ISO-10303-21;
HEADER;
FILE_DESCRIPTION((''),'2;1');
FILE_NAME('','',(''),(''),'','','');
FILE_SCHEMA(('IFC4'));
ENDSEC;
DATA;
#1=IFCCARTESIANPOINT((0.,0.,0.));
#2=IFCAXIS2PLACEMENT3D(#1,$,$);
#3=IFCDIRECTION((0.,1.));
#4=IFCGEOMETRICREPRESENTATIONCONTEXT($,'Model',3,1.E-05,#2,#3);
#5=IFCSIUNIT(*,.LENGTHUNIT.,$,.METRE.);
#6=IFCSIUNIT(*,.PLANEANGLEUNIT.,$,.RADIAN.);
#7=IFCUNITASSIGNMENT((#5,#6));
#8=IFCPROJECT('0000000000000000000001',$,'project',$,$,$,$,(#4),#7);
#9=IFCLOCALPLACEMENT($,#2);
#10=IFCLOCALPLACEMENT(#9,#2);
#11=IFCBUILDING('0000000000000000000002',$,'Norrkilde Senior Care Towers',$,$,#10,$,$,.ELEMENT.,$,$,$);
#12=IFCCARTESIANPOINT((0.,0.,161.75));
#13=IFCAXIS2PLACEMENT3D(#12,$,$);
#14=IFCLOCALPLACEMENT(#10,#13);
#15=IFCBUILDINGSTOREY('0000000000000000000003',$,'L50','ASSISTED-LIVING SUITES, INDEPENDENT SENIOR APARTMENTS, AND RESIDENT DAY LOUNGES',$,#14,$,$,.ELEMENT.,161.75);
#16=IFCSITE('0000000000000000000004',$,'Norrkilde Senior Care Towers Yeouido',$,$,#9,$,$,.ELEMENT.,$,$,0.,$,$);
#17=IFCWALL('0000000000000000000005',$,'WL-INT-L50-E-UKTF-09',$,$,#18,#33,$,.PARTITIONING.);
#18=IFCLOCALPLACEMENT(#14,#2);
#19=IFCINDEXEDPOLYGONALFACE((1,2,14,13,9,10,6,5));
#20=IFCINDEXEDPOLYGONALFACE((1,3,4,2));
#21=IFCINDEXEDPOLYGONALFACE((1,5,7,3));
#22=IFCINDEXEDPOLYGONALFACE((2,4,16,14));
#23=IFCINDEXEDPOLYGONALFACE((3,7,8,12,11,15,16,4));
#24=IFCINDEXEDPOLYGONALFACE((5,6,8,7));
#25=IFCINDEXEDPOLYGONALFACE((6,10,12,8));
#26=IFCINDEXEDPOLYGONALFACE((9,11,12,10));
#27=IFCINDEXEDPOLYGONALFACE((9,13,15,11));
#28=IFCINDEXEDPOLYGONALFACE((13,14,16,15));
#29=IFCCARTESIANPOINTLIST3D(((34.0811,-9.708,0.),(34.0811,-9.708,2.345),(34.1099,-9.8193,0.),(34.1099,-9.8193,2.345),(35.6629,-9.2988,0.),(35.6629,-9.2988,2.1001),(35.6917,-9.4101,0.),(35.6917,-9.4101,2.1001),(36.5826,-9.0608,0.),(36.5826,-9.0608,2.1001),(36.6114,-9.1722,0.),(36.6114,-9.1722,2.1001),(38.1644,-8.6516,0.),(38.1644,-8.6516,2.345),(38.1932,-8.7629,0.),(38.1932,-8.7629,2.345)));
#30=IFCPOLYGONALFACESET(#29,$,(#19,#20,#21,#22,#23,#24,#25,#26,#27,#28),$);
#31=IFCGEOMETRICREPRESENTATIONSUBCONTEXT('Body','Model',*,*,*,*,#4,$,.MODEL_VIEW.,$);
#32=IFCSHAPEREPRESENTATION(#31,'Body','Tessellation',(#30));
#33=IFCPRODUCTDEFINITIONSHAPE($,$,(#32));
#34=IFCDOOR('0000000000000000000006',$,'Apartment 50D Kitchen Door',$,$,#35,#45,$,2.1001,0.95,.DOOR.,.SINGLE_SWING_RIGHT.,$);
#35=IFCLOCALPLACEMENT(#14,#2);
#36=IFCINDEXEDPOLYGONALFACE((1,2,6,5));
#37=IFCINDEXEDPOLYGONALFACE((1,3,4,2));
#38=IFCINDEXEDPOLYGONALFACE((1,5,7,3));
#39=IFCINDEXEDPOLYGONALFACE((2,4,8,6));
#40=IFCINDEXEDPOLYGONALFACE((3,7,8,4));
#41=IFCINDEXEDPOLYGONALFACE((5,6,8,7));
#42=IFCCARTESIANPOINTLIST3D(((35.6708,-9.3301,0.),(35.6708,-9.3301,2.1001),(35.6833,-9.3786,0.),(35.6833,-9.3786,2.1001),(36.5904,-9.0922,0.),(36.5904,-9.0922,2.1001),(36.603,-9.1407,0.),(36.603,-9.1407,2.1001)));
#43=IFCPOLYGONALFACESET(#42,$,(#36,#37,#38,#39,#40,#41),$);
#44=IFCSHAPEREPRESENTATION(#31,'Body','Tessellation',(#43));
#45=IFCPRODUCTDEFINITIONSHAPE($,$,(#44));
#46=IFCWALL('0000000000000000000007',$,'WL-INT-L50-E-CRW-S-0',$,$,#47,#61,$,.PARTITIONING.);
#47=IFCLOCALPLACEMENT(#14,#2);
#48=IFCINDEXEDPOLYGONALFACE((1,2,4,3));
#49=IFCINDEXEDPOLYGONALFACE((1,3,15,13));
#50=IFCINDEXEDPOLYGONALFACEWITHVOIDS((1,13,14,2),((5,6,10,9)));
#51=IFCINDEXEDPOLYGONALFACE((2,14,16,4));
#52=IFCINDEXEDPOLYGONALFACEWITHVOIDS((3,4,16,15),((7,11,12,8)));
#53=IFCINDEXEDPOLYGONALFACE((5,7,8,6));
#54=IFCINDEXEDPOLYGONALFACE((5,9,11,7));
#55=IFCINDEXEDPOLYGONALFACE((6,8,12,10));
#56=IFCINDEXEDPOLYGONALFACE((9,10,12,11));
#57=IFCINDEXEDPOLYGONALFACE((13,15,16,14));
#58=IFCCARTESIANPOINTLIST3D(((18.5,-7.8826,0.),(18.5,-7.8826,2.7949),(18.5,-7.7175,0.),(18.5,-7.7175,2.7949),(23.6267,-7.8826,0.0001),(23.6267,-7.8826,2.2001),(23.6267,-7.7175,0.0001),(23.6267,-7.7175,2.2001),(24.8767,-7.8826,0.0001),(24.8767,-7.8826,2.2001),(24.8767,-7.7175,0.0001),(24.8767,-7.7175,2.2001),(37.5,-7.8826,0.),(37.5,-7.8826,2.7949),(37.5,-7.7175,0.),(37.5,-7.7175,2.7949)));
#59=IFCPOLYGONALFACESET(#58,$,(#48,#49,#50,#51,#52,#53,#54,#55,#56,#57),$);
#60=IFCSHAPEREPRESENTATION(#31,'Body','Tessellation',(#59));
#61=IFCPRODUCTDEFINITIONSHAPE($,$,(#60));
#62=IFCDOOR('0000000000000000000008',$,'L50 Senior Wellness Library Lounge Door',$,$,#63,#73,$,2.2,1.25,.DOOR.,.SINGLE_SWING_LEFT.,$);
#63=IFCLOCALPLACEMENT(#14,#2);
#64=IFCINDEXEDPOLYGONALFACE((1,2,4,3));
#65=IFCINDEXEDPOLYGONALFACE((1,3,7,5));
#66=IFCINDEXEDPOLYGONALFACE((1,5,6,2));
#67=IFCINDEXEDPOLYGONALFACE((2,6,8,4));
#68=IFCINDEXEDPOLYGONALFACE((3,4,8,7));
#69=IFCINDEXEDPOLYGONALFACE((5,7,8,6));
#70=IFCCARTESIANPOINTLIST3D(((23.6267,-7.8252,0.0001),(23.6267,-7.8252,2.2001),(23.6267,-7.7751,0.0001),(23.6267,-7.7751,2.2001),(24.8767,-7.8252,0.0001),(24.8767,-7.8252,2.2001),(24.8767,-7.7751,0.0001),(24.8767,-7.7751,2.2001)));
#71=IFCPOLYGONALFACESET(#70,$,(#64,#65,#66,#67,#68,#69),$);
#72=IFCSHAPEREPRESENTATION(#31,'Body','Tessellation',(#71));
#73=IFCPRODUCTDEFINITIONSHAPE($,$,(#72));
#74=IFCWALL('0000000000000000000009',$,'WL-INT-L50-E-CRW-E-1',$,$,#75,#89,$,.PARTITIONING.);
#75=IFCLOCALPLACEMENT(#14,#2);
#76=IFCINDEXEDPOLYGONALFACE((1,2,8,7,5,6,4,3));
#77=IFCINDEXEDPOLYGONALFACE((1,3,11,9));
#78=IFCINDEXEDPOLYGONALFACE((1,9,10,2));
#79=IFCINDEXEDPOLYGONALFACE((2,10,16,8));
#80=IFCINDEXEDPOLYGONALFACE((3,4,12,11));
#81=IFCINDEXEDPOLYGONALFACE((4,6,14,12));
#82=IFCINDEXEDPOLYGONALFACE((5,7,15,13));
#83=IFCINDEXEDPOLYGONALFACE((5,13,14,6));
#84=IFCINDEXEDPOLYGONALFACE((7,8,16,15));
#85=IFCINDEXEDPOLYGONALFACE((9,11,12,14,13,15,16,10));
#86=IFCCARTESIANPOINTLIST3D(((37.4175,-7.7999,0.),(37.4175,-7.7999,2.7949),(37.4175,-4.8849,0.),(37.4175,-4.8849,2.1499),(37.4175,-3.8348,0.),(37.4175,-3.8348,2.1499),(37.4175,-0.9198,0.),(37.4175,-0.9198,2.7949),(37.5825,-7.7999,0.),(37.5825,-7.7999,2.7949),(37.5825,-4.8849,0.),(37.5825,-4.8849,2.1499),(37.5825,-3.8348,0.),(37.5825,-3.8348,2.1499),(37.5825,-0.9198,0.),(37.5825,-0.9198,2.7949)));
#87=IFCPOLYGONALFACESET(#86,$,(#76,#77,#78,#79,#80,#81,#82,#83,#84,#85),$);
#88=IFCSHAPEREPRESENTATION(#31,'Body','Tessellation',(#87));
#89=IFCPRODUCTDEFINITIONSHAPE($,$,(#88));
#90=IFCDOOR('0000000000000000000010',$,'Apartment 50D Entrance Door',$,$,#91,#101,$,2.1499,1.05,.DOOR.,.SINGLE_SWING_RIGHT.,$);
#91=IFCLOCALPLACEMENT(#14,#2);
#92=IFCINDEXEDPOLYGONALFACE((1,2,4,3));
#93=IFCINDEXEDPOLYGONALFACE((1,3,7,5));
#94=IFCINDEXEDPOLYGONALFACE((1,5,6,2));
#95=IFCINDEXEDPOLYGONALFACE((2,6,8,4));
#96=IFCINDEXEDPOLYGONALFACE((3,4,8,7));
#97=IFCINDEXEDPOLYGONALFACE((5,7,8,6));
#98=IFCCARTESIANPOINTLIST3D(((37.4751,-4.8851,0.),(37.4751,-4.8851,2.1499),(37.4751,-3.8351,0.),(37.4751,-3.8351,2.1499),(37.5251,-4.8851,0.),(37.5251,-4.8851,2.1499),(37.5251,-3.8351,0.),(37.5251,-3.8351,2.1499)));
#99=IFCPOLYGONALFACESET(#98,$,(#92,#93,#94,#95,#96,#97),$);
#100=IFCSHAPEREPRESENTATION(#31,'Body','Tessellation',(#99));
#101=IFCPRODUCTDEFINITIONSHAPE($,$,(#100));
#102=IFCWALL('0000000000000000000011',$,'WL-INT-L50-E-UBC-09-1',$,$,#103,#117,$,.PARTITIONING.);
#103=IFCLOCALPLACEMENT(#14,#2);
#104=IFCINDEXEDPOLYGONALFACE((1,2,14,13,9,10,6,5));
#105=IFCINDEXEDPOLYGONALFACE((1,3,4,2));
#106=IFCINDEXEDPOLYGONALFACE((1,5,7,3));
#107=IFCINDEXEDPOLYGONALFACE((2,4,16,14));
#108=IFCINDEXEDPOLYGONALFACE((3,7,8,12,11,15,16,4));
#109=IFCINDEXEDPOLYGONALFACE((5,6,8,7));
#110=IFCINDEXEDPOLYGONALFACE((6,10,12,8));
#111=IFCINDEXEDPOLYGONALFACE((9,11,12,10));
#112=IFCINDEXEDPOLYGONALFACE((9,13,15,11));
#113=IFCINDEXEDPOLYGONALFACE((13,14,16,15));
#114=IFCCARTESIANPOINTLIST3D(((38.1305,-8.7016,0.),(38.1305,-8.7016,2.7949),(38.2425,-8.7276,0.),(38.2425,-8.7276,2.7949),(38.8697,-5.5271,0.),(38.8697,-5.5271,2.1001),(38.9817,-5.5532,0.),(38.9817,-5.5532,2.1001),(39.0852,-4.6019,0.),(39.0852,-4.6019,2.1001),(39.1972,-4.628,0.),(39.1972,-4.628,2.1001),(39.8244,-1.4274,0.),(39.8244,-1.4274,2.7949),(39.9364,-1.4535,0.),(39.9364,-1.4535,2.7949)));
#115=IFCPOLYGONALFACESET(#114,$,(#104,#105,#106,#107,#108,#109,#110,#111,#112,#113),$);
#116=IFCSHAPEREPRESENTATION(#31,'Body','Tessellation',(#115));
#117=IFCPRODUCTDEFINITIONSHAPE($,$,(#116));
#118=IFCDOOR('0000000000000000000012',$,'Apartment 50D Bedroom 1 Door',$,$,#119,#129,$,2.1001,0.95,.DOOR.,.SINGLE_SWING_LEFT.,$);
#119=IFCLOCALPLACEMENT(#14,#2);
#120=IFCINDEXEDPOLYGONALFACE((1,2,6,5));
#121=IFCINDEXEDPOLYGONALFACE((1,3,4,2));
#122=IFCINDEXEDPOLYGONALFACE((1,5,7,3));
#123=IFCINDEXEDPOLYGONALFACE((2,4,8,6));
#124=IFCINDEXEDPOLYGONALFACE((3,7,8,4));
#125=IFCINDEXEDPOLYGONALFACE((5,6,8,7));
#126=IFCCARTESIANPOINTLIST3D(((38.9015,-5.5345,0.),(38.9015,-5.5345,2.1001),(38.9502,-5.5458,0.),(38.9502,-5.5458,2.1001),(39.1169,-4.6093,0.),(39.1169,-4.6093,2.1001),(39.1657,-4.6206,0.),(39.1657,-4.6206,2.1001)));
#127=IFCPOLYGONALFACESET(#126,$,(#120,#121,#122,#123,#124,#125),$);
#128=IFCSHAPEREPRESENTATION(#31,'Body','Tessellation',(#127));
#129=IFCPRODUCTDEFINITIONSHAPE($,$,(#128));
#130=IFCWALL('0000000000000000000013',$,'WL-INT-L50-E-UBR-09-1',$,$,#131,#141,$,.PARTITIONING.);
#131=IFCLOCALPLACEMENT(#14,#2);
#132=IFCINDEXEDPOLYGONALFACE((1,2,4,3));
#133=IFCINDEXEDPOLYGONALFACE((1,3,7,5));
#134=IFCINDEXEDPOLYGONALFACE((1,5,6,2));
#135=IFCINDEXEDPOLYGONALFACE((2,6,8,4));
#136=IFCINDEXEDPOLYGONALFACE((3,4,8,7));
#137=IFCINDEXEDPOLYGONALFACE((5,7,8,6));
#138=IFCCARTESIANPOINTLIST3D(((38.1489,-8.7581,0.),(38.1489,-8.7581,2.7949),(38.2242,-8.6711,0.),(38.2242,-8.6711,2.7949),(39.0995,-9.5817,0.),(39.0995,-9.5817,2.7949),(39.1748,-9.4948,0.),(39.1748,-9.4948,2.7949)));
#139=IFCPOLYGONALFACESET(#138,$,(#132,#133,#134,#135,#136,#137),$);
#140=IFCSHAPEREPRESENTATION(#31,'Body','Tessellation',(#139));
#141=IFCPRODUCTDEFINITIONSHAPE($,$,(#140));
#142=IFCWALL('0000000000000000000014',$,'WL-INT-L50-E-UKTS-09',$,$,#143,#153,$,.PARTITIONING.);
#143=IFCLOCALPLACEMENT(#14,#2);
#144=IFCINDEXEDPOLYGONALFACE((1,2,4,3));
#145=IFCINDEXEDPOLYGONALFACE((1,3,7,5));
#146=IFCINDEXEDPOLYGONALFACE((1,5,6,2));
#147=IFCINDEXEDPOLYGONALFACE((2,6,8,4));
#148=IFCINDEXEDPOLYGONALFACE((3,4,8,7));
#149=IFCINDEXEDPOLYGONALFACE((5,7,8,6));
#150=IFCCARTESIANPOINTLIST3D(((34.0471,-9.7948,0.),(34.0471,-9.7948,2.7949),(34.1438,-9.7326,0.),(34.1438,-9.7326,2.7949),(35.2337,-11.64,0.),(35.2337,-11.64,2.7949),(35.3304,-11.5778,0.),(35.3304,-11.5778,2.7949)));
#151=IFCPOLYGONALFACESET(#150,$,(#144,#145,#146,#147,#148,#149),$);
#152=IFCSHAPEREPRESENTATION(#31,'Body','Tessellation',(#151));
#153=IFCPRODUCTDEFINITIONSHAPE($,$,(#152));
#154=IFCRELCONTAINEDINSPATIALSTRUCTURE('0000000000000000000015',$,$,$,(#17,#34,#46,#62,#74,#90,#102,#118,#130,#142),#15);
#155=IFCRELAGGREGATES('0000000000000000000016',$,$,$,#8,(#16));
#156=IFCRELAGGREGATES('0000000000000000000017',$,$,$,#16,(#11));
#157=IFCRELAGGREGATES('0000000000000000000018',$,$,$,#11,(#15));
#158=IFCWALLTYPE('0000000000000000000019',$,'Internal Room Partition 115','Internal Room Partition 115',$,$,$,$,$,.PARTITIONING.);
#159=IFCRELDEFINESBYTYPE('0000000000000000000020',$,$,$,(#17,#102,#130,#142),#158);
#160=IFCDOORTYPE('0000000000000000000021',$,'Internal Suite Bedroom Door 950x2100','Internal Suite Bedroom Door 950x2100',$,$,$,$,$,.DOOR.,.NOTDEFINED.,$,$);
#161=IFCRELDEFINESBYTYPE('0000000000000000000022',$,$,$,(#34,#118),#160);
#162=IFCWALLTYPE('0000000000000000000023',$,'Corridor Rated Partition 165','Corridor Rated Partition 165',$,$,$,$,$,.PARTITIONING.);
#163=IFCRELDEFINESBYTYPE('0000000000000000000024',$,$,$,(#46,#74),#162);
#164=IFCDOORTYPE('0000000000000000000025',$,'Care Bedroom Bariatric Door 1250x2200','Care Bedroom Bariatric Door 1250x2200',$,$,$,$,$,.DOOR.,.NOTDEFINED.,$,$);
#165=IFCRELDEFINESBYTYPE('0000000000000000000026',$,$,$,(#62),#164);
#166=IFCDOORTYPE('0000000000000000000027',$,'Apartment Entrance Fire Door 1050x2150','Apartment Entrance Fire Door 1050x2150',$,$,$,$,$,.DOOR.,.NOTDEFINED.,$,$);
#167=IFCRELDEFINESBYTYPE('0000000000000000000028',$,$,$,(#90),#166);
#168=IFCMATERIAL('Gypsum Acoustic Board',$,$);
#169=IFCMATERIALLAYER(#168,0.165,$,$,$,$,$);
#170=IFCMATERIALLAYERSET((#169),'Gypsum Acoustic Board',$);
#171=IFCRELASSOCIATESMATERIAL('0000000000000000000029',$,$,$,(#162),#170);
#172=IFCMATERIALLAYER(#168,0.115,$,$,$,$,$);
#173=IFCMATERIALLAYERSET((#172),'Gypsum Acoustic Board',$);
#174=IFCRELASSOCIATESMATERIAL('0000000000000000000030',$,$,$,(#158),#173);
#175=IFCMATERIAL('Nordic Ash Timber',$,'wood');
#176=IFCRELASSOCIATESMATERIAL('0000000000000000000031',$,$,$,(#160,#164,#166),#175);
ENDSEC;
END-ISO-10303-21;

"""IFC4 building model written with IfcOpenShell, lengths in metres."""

from ifc_helpers import new_model, si_unit, direction, frame, frame_2d, origin, place, context, subcontext, project, spatial, rectangle, extrude, source, transform, mapped, material, layer, layer_set, type_object, type_shapes, element, fill, save


model = new_model("IFC4")

# Units and contexts
model_context = context("Model", 3, precision=1e-05, world=origin(), true_north=direction((0.0, 1.0)))
body_context = subcontext(model_context, "Body", "Model", "MODEL_VIEW")
ifc_project = project(units=[si_unit("LENGTHUNIT", "METRE"), si_unit("PLANEANGLEUNIT", "RADIAN")], contexts=[model_context])

# Site, building, storey
site_placement = place(None, origin())
site = spatial("IfcSite", under=ifc_project, at=site_placement, Name="Norrkilde Senior Care Towers Yeouido", CompositionType="ELEMENT", RefElevation=0.0)
building_placement = place(site_placement, origin())
building = spatial("IfcBuilding", under=site, at=building_placement, Name="Norrkilde Senior Care Towers", CompositionType="ELEMENT")
storey_placement = place(building_placement, frame((0.0, 0.0, 161.75)))
storey = spatial("IfcBuildingStorey", under=building, at=storey_placement, Name="L50", Description="ASSISTED-LIVING SUITES, INDEPENDENT SENIOR APARTMENTS, AND RESIDENT DAY LOUNGES", CompositionType="ELEMENT", Elevation=161.75)

# Shared definitions
ifc_material_1 = material(Name="Gypsum Acoustic Board")
ifc_layer_1 = layer(ifc_material_1, 0.165)
ifc_layer_set_1 = layer_set([ifc_layer_1], Name="Gypsum Acoustic Board")
wall_type_1 = type_object("IfcWallType", Name="Corridor Rated Partition 165", Description="Corridor Rated Partition 165", PredefinedType="PARTITIONING", material=ifc_layer_set_1)

# Walls, openings, doors
ifc_layer_2 = layer(ifc_material_1, 0.115)
ifc_layer_set_2 = layer_set([ifc_layer_2], Name="Gypsum Acoustic Board")
wall_type_2 = type_object("IfcWallType", Name="Internal Room Partition 115", Description="Internal Room Partition 115", PredefinedType="PARTITIONING", material=ifc_layer_set_2)
shared_shape_1 = source(origin(), body_context, "Body", "SweptSolid", [
    extrude(rectangle(XDim=4.2178, YDim=0.115, at=frame_2d((2.1089, 0.0))), origin(), (0.0, 0.0, 1.0), 2.345),
])
wall_1_placement = place(storey_placement, frame((34.0955, -9.7637, 0.0), z_axis=(0.0, 0.0, 1.0), x_axis=(0.968125, 0.250468, 0.0)))
wall_1 = element("IfcWall", 1, at=wall_1_placement, inside=storey, type_object=wall_type_2, Name="WL-INT-L50-E-UKTF-09", PredefinedType="PARTITIONING", context=body_context, shape_type="MappedRepresentation", body=[
    mapped(shared_shape_1, transform((0.0, 0.0, 0.0), x_axis=(1.0, 0.0, 0.0), y_axis=(0.0, 1.0, 0.0), z_axis=(0.0, 0.0, 1.0), scale=1.0)),
])
opening_1_placement = place(wall_1_placement, frame((1.6338, 0.0, 0.0)))
opening_1 = element("IfcOpeningElement", 2, at=opening_1_placement, cuts=wall_1, PredefinedType="OPENING", context=body_context, shape_type="SweptSolid", body=[
    extrude(rectangle(XDim=0.95, YDim=2.1001, at=frame_2d((0.4751, 1.05))), frame((0.0, 0.0674, 0.0), z_axis=(0.0, -1.0, 0.0), x_axis=(1.0, 0.0, 0.0)), (0.0, 0.0, 1.0), 0.135),
])
ifc_material_2 = material(Name="Nordic Ash Timber", Category="wood")
door_type_1 = type_object("IfcDoorType", Name="Internal Suite Bedroom Door 950x2100", Description="Internal Suite Bedroom Door 950x2100", OperationType="NOTDEFINED", PredefinedType="DOOR", material=ifc_material_2)
shared_shape_2 = source(origin(), body_context, "Body", "SweptSolid", [
    extrude(rectangle(XDim=0.95, YDim=2.1001, at=frame_2d((0.4751, 1.05))), frame((0.0, 0.0249, 0.0), z_axis=(0.0, -1.0, 0.0), x_axis=(1.0, 0.0, 0.0)), (0.0, 0.0, 1.0), 0.05),
])
type_shapes(door_type_1, [shared_shape_2])
door_1_placement = place(opening_1_placement, frame((0.95, 0.0, 0.0), z_axis=(0.0, 0.0, 1.0), x_axis=(-1.0, 0.0, 0.0)))
door_1 = element("IfcDoor", 3, at=door_1_placement, inside=storey, type_object=door_type_1, Name="Apartment 50D Kitchen Door", OperationType="SINGLE_SWING_RIGHT", OverallHeight=2.1001, OverallWidth=0.95, PredefinedType="DOOR", context=body_context, shape_type="MappedRepresentation", body=[
    mapped(shared_shape_2, transform((0.0, 0.0, 0.0), x_axis=(1.0, 0.0, 0.0), y_axis=(0.0, 1.0, 0.0), z_axis=(0.0, 0.0, 1.0), scale=1.0)),
])
fill(opening_1, door_1)
shared_shape_3 = source(origin(), body_context, "Body", "SweptSolid", [
    extrude(rectangle(XDim=19.0, YDim=0.165, at=frame_2d((9.5, 0.0))), origin(), (0.0, 0.0, 1.0), 2.7949),
])
wall_2_placement = place(storey_placement, frame((37.5, -7.8, 0.0), z_axis=(0.0, 0.0, 1.0), x_axis=(-1.0, 0.0, 0.0)))
wall_2 = element("IfcWall", 4, at=wall_2_placement, inside=storey, type_object=wall_type_1, Name="WL-INT-L50-E-CRW-S-0", PredefinedType="PARTITIONING", context=body_context, shape_type="MappedRepresentation", body=[
    mapped(shared_shape_3, transform((0.0, 0.0, 0.0), x_axis=(1.0, 0.0, 0.0), y_axis=(0.0, 1.0, 0.0), z_axis=(0.0, 0.0, 1.0), scale=1.0)),
])
opening_2_placement = place(wall_2_placement, frame((12.6233, 0.0, 0.0)))
opening_2 = element("IfcOpeningElement", 5, at=opening_2_placement, cuts=wall_2, PredefinedType="OPENING", context=body_context, shape_type="SweptSolid", body=[
    extrude(rectangle(XDim=1.25, YDim=2.2, at=frame_2d((0.625, 1.1001))), frame((0.0, 0.0925, 0.0), z_axis=(0.0, -1.0, 0.0), x_axis=(1.0, 0.0, 0.0)), (0.0, 0.0, 1.0), 0.1851),
])
door_type_2 = type_object("IfcDoorType", Name="Care Bedroom Bariatric Door 1250x2200", Description="Care Bedroom Bariatric Door 1250x2200", OperationType="NOTDEFINED", PredefinedType="DOOR", material=ifc_material_2)
shared_shape_4 = source(origin(), body_context, "Body", "SweptSolid", [
    extrude(rectangle(XDim=1.25, YDim=2.2, at=frame_2d((0.625, 1.1001))), frame((0.0, 0.0249, 0.0), z_axis=(0.0, -1.0, 0.0), x_axis=(1.0, 0.0, 0.0)), (0.0, 0.0, 1.0), 0.05),
])
type_shapes(door_type_2, [shared_shape_4])
door_2_placement = place(opening_2_placement, frame((1.25, 0.0, 0.0), z_axis=(0.0, 0.0, 1.0), x_axis=(-1.0, 0.0, 0.0)))
door_2 = element("IfcDoor", 6, at=door_2_placement, inside=storey, type_object=door_type_2, Name="L50 Senior Wellness Library Lounge Door", OperationType="SINGLE_SWING_LEFT", OverallHeight=2.2, OverallWidth=1.25, PredefinedType="DOOR", context=body_context, shape_type="MappedRepresentation", body=[
    mapped(shared_shape_4, transform((0.0, 0.0, 0.0), x_axis=(1.0, 0.0, 0.0), y_axis=(0.0, 1.0, 0.0), z_axis=(0.0, 0.0, 1.0), scale=1.0)),
])
fill(opening_2, door_2)
shared_shape_5 = source(origin(), body_context, "Body", "SweptSolid", [
    extrude(rectangle(XDim=6.8801, YDim=0.165, at=frame_2d((3.4399, 0.0))), origin(), (0.0, 0.0, 1.0), 2.7949),
])
wall_3_placement = place(storey_placement, frame((37.5, -0.9199, 0.0), z_axis=(0.0, 0.0, 1.0), x_axis=(0.0, -1.0, 0.0)))
wall_3 = element("IfcWall", 7, at=wall_3_placement, inside=storey, type_object=wall_type_1, Name="WL-INT-L50-E-CRW-E-1", PredefinedType="PARTITIONING", context=body_context, shape_type="MappedRepresentation", body=[
    mapped(shared_shape_5, transform((0.0, 0.0, 0.0), x_axis=(1.0, 0.0, 0.0), y_axis=(0.0, 1.0, 0.0), z_axis=(0.0, 0.0, 1.0), scale=1.0)),
])
opening_3_placement = place(wall_3_placement, frame((2.915, 0.0, 0.0)))
opening_3 = element("IfcOpeningElement", 8, at=opening_3_placement, cuts=wall_3, PredefinedType="OPENING", context=body_context, shape_type="SweptSolid", body=[
    extrude(rectangle(XDim=1.05, YDim=2.1499, at=frame_2d((0.5249, 1.075))), frame((0.0, 0.0925, 0.0), z_axis=(0.0, -1.0, 0.0), x_axis=(1.0, 0.0, 0.0)), (0.0, 0.0, 1.0), 0.1851),
])
door_type_3 = type_object("IfcDoorType", Name="Apartment Entrance Fire Door 1050x2150", Description="Apartment Entrance Fire Door 1050x2150", OperationType="NOTDEFINED", PredefinedType="DOOR", material=ifc_material_2)
shared_shape_6 = source(origin(), body_context, "Body", "SweptSolid", [
    extrude(rectangle(XDim=1.05, YDim=2.1499, at=frame_2d((0.5249, 1.075))), frame((0.0, 0.0249, 0.0), z_axis=(0.0, -1.0, 0.0), x_axis=(1.0, 0.0, 0.0)), (0.0, 0.0, 1.0), 0.05),
])
type_shapes(door_type_3, [shared_shape_6])
door_3_placement = place(opening_3_placement, frame((1.05, 0.0, 0.0), z_axis=(0.0, 0.0, 1.0), x_axis=(-1.0, 0.0, 0.0)))
door_3 = element("IfcDoor", 9, at=door_3_placement, inside=storey, type_object=door_type_3, Name="Apartment 50D Entrance Door", OperationType="SINGLE_SWING_RIGHT", OverallHeight=2.1499, OverallWidth=1.05, PredefinedType="DOOR", context=body_context, shape_type="MappedRepresentation", body=[
    mapped(shared_shape_6, transform((0.0, 0.0, 0.0), x_axis=(1.0, 0.0, 0.0), y_axis=(0.0, 1.0, 0.0), z_axis=(0.0, 0.0, 1.0), scale=1.0)),
])
fill(opening_3, door_3)
shared_shape_7 = source(origin(), body_context, "Body", "SweptSolid", [
    extrude(rectangle(XDim=7.4688, YDim=0.115, at=frame_2d((3.7344, 0.0))), origin(), (0.0, 0.0, 1.0), 2.7949),
])
wall_4_placement = place(storey_placement, frame((38.1865, -8.7146, 0.0), z_axis=(0.0, 0.0, 1.0), x_axis=(0.22679, 0.973944, 0.0)))
wall_4 = element("IfcWall", 10, at=wall_4_placement, inside=storey, type_object=wall_type_2, Name="WL-INT-L50-E-UBC-09-1", PredefinedType="PARTITIONING", context=body_context, shape_type="MappedRepresentation", body=[
    mapped(shared_shape_7, transform((0.0, 0.0, 0.0), x_axis=(1.0, 0.0, 0.0), y_axis=(0.0, 1.0, 0.0), z_axis=(0.0, 0.0, 1.0), scale=1.0)),
])
opening_4_placement = place(wall_4_placement, frame((3.2593, 0.0, 0.0)))
opening_4 = element("IfcOpeningElement", 11, at=opening_4_placement, cuts=wall_4, PredefinedType="OPENING", context=body_context, shape_type="SweptSolid", body=[
    extrude(rectangle(XDim=0.95, YDim=2.1001, at=frame_2d((0.4751, 1.05))), frame((0.0, 0.0674, 0.0), z_axis=(0.0, -1.0, 0.0), x_axis=(1.0, 0.0, 0.0)), (0.0, 0.0, 1.0), 0.135),
])
door_4_placement = place(opening_4_placement, origin())
door_4 = element("IfcDoor", 12, at=door_4_placement, inside=storey, type_object=door_type_1, Name="Apartment 50D Bedroom 1 Door", OperationType="SINGLE_SWING_LEFT", OverallHeight=2.1001, OverallWidth=0.95, PredefinedType="DOOR", context=body_context, shape_type="MappedRepresentation", body=[
    mapped(shared_shape_2, transform((0.0, 0.0, 0.0), x_axis=(1.0, 0.0, 0.0), y_axis=(0.0, 1.0, 0.0), z_axis=(0.0, 0.0, 1.0), scale=1.0)),
])
fill(opening_4, door_4)

# Walls
shared_shape_8 = source(origin(), body_context, "Body", "SweptSolid", [
    extrude(rectangle(XDim=1.2578, YDim=0.115, at=frame_2d((0.6289, 0.0))), origin(), (0.0, 0.0, 1.0), 2.7949),
])
wall_5_placement = place(storey_placement, frame((38.1865, -8.7146, 0.0), z_axis=(0.0, 0.0, 1.0), x_axis=(0.755766, -0.654842, 0.0)))
element("IfcWall", 13, at=wall_5_placement, inside=storey, type_object=wall_type_2, Name="WL-INT-L50-E-UBR-09-1", PredefinedType="PARTITIONING", context=body_context, shape_type="MappedRepresentation", body=[
    mapped(shared_shape_8, transform((0.0, 0.0, 0.0), x_axis=(1.0, 0.0, 0.0), y_axis=(0.0, 1.0, 0.0), z_axis=(0.0, 0.0, 1.0), scale=1.0)),
])
shared_shape_9 = source(origin(), body_context, "Body", "SweptSolid", [
    extrude(rectangle(XDim=2.1938, YDim=0.115, at=frame_2d((1.0969, 0.0))), origin(), (0.0, 0.0, 1.0), 2.7949),
])
type_shapes(wall_type_2, [shared_shape_1, shared_shape_7, shared_shape_8, shared_shape_9])
wall_6_placement = place(storey_placement, frame((34.0955, -9.7637, 0.0), z_axis=(0.0, 0.0, 1.0), x_axis=(0.540859, -0.841113, 0.0)))
element("IfcWall", 14, at=wall_6_placement, inside=storey, type_object=wall_type_2, Name="WL-INT-L50-E-UKTS-09", PredefinedType="PARTITIONING", context=body_context, shape_type="MappedRepresentation", body=[
    mapped(shared_shape_9, transform((0.0, 0.0, 0.0), x_axis=(1.0, 0.0, 0.0), y_axis=(0.0, 1.0, 0.0), z_axis=(0.0, 0.0, 1.0), scale=1.0)),
])

save(model, "model.ifc")
